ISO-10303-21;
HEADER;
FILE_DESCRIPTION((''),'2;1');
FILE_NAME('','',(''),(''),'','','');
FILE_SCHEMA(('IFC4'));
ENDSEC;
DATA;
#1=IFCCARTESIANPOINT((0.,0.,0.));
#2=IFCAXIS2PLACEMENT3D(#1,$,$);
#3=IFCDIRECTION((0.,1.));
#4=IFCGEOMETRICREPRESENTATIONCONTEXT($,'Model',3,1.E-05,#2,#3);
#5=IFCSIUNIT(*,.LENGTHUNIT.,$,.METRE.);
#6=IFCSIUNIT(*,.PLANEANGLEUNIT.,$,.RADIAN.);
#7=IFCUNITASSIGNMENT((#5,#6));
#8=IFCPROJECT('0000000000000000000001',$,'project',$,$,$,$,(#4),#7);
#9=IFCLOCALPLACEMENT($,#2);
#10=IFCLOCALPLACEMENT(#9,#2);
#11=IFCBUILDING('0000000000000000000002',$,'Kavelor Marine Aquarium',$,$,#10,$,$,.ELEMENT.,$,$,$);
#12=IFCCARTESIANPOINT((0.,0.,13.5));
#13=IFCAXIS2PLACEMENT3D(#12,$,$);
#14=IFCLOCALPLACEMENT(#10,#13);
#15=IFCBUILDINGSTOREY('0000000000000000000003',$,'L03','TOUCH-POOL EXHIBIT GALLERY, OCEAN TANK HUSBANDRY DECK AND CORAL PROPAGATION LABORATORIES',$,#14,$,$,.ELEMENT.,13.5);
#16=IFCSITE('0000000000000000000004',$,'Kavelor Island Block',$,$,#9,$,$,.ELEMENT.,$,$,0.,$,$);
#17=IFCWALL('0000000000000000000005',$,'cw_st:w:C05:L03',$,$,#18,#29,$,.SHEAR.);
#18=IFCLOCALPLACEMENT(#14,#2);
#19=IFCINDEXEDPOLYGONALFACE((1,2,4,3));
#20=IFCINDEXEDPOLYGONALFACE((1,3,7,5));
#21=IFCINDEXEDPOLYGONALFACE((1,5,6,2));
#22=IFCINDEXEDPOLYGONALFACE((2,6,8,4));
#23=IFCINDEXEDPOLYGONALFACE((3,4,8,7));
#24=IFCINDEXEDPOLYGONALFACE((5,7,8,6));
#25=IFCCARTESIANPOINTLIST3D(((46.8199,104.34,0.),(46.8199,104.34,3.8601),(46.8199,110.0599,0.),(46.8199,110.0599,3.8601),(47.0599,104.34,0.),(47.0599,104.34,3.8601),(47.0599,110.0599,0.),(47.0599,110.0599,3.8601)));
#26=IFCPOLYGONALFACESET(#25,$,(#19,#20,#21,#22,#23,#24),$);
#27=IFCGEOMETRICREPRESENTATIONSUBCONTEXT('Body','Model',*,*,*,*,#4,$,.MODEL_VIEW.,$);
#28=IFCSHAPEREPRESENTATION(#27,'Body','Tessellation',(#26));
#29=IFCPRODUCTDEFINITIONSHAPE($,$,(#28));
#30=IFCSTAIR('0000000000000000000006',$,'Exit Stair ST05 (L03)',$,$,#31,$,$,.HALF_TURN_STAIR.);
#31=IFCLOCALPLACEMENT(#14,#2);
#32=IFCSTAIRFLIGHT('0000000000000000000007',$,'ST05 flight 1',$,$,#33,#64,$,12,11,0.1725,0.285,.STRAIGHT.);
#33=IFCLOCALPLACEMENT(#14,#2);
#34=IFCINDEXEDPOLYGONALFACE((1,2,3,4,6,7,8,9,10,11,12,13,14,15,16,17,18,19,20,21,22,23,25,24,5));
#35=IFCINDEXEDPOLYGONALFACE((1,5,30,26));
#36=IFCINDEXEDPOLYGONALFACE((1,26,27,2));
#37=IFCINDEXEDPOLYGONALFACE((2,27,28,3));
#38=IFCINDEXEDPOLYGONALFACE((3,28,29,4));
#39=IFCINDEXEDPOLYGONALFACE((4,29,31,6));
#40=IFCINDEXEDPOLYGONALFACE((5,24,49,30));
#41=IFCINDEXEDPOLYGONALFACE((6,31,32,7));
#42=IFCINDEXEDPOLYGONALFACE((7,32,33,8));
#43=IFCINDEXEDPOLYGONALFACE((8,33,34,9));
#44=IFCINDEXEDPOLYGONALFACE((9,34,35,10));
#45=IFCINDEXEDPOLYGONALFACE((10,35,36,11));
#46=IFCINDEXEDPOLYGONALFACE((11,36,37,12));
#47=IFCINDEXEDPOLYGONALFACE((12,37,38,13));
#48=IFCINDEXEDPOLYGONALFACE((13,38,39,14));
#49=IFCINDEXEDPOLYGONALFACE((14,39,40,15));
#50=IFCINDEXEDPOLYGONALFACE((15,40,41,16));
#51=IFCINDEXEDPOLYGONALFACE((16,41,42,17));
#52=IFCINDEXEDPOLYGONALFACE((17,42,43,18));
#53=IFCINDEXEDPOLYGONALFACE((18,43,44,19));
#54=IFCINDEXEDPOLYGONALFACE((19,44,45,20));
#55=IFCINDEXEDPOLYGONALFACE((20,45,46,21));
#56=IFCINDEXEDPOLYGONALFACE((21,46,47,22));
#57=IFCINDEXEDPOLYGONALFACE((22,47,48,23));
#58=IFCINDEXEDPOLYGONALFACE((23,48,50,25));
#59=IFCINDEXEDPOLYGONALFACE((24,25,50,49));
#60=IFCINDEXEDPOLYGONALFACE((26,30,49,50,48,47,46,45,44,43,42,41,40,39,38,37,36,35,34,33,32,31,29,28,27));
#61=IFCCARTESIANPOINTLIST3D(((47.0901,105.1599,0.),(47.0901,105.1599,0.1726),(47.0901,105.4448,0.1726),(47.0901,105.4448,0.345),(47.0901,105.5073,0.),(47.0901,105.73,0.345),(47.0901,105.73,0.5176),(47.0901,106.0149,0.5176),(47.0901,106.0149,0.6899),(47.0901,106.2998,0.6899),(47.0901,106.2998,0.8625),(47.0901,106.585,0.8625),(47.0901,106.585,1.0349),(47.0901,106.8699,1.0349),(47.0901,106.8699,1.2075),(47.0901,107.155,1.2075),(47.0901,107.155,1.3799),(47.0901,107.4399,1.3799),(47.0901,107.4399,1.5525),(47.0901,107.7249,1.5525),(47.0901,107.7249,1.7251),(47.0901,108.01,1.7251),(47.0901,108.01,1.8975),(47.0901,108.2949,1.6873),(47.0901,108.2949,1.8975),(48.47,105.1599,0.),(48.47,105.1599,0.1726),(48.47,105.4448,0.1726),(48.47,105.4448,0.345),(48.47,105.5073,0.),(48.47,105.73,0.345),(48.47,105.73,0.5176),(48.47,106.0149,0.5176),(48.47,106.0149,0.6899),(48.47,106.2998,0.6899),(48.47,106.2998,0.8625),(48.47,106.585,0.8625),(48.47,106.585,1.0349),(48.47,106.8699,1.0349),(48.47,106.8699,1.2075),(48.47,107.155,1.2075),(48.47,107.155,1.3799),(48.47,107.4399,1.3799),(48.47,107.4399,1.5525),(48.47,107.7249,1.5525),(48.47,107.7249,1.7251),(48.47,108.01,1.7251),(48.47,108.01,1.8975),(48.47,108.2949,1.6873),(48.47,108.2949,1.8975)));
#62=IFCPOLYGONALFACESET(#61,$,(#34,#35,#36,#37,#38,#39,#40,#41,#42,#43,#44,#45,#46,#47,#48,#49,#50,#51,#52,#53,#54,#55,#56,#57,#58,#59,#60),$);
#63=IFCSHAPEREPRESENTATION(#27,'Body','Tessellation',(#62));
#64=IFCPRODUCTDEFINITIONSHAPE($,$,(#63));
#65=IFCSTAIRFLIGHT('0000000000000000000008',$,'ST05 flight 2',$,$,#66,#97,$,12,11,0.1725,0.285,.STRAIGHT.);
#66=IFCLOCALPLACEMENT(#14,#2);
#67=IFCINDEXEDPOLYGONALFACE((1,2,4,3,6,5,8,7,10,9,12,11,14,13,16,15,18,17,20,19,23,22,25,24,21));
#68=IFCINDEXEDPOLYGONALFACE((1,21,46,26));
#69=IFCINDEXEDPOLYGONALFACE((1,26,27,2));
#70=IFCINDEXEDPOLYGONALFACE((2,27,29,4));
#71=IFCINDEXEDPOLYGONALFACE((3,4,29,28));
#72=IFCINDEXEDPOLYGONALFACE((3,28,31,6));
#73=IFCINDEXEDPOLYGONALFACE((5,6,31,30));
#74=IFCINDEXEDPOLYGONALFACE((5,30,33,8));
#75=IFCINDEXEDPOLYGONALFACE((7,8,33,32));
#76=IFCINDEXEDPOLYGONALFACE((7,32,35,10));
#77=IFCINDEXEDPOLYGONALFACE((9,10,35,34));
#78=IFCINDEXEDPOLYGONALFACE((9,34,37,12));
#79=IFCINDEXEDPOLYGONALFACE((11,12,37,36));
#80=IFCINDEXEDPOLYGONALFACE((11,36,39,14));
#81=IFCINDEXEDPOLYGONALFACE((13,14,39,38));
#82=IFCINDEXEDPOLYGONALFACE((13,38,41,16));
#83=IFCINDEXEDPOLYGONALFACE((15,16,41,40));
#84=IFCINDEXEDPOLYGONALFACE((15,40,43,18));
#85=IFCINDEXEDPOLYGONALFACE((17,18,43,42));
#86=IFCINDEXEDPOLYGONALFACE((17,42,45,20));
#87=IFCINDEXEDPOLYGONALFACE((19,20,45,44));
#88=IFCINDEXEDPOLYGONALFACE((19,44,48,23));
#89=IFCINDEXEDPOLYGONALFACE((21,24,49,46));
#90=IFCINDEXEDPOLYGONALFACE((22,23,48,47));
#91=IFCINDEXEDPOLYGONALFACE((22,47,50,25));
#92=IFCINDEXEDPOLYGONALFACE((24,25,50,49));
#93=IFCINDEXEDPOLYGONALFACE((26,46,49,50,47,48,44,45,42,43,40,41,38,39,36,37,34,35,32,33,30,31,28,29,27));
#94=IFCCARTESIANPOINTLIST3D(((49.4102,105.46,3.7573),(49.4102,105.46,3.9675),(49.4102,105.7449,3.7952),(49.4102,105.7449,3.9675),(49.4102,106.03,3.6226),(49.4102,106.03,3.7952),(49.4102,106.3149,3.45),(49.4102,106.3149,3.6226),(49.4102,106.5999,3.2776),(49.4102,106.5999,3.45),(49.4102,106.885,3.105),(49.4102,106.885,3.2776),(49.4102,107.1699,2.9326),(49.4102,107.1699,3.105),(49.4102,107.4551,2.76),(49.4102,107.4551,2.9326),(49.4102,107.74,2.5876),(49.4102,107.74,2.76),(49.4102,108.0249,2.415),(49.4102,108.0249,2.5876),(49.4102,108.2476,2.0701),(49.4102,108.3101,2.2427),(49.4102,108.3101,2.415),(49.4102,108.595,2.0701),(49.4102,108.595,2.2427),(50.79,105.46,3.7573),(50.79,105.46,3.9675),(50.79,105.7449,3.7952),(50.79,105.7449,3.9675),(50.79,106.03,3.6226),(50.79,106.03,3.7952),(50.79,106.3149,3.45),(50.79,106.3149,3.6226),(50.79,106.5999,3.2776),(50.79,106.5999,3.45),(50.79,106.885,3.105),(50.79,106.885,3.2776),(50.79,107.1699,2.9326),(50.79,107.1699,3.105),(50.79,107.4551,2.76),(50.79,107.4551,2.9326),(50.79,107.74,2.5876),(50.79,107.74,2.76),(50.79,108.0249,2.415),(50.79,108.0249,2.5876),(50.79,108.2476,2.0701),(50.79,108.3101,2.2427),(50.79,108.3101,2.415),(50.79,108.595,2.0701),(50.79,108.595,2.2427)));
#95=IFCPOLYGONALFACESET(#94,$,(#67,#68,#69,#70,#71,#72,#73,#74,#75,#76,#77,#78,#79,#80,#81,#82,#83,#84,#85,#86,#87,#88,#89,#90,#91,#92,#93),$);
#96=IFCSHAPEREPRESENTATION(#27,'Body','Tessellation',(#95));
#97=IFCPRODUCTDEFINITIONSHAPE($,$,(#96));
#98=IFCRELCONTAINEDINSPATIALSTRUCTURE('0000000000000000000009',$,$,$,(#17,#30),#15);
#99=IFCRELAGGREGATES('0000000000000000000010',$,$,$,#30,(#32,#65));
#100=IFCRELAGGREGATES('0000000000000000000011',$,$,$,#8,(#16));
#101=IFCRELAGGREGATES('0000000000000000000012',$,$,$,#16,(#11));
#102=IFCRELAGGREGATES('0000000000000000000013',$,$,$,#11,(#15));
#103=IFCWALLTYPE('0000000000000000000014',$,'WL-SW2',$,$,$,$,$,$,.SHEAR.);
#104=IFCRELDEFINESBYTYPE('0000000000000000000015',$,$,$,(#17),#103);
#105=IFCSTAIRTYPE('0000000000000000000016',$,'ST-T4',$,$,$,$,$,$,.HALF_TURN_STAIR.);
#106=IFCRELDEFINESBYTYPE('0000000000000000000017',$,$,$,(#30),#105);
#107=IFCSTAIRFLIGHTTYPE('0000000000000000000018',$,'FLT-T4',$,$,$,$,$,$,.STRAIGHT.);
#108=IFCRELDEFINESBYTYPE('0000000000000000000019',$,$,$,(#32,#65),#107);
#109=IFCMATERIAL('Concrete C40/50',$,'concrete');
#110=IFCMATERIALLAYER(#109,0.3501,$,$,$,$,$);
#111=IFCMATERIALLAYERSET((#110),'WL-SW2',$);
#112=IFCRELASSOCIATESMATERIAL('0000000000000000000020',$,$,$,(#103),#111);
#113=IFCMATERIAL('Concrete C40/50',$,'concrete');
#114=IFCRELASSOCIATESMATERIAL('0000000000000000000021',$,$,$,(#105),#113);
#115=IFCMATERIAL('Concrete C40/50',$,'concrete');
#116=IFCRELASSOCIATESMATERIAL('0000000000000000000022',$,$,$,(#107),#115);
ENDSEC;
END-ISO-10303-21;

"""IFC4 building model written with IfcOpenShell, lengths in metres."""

from ifc_helpers import new_model, si_unit, direction, frame, frame_2d, origin, place, context, subcontext, project, spatial, polyline, rectangle, outline, extrude, material, layer, layer_set, type_object, element, aggregate, save


model = new_model("IFC4")

# Units and contexts
model_context = context("Model", 3, precision=1e-05, world=origin(), true_north=direction((0.0, 1.0)))
body_context = subcontext(model_context, "Body", "Model", "MODEL_VIEW")
ifc_project = project(units=[si_unit("LENGTHUNIT", "METRE"), si_unit("PLANEANGLEUNIT", "RADIAN")], contexts=[model_context])

# Site, building, storey
site_placement = place(None, origin())
site = spatial("IfcSite", under=ifc_project, at=site_placement, Name="Kavelor Island Block", CompositionType="ELEMENT", RefElevation=0.0)
building_placement = place(site_placement, origin())
building = spatial("IfcBuilding", under=site, at=building_placement, Name="Kavelor Marine Aquarium", CompositionType="ELEMENT")
storey_placement = place(building_placement, frame((0.0, 0.0, 13.5)))
storey = spatial("IfcBuildingStorey", under=building, at=storey_placement, Name="L03", Description="TOUCH-POOL EXHIBIT GALLERY, OCEAN TANK HUSBANDRY DECK AND CORAL PROPAGATION LABORATORIES", CompositionType="ELEMENT", Elevation=13.5)

# Wall
ifc_material_1 = material(Name="Concrete C40/50", Category="concrete")
ifc_layer_1 = layer(ifc_material_1, 0.3501)
ifc_layer_set_1 = layer_set([ifc_layer_1], Name="WL-SW2")
wall_type_1 = type_object("IfcWallType", Name="WL-SW2", PredefinedType="SHEAR", material=ifc_layer_set_1)
wall_1_placement = place(storey_placement, frame((46.9399, 104.3401, 0.0), z_axis=(0.0, 0.0, 1.0), x_axis=(0.0, 1.0, 0.0)))
element("IfcWall", 1, at=wall_1_placement, inside=storey, type_object=wall_type_1, Name="cw_st:w:C05:L03", PredefinedType="SHEAR", context=body_context, shape_type="SweptSolid", body=[
    extrude(rectangle(XDim=5.72, YDim=0.24, at=frame_2d((2.8599, 0.0))), origin(), (0.0, 0.0, 1.0), 3.8601),
])

# Stair, stair flights
ifc_material_2 = material(Name="Concrete C40/50", Category="concrete")
stair_type = type_object("IfcStairType", Name="ST-T4", PredefinedType="HALF_TURN_STAIR", material=ifc_material_2)
stair_placement = place(storey_placement, origin())
stair = element("IfcStair", 2, at=stair_placement, inside=storey, type_object=stair_type, Name="Exit Stair ST05 (L03)", PredefinedType="HALF_TURN_STAIR")
ifc_material_3 = material(Name="Concrete C40/50", Category="concrete")
stair_flight_type = type_object("IfcStairFlightType", Name="FLT-T4", PredefinedType="STRAIGHT", material=ifc_material_3)
stair_flight_1_placement = place(storey_placement, frame((47.78, 105.1599, 0.0), z_axis=(0.0, 0.0, 1.0), x_axis=(0.0, 1.0, 0.0)))
stair_flight_1 = element("IfcStairFlight", 3, at=stair_flight_1_placement, type_object=stair_flight_type, Name="ST05 flight 1", NumberOfRisers=12, NumberOfTreads=11, PredefinedType="STRAIGHT", RiserHeight=0.1725, TreadLength=0.285, context=body_context, shape_type="SweptSolid", body=[
    extrude(outline(polyline([(0.0, 0.0), (0.0, 0.1726), (0.2849, 0.1726), (0.2849, 0.345), (0.5701, 0.345), (0.5701, 0.5176), (0.855, 0.5176), (0.855, 0.6899), (1.1399, 0.6899), (1.1399, 0.8625), (1.425, 0.8625), (1.425, 1.0349), (1.71, 1.0349), (1.71, 1.2075), (1.9951, 1.2075), (1.9951, 1.3799), (2.28, 1.3799), (2.28, 1.5525), (2.5649, 1.5525), (2.5649, 1.7251), (2.8501, 1.7251), (2.8501, 1.8975), (3.135, 1.8975), (3.135, 2.0701), (3.135, 1.6873), (0.3474, 0.0), (0.0, 0.0)])), frame((0.0, 0.6899, 0.0), z_axis=(0.0, -1.0, 0.0), x_axis=(1.0, 0.0, 0.0)), (0.0, 0.0, 1.0), 1.3799),
])
stair_flight_2_placement = place(storey_placement, frame((50.1001, 108.595, 2.0701), z_axis=(0.0, 0.0, 1.0), x_axis=(0.0, -1.0, 0.0)))
stair_flight_2 = element("IfcStairFlight", 4, at=stair_flight_2_placement, type_object=stair_flight_type, Name="ST05 flight 2", NumberOfRisers=12, NumberOfTreads=11, PredefinedType="STRAIGHT", RiserHeight=0.1725, TreadLength=0.285, context=body_context, shape_type="SweptSolid", body=[
    extrude(outline(polyline([(0.0, 0.0), (0.0, 0.1726), (0.2849, 0.1726), (0.2849, 0.345), (0.5701, 0.345), (0.5701, 0.5176), (0.855, 0.5176), (0.855, 0.6899), (1.1399, 0.6899), (1.1399, 0.8625), (1.425, 0.8625), (1.425, 1.0349), (1.71, 1.0349), (1.71, 1.2075), (1.9951, 1.2075), (1.9951, 1.3799), (2.28, 1.3799), (2.28, 1.5525), (2.5649, 1.5525), (2.5649, 1.7251), (2.8501, 1.7251), (2.8501, 1.8975), (3.135, 1.8975), (3.135, 2.0701), (3.135, 1.6873), (0.3474, 0.0), (0.0, 0.0)])), frame((0.0, 0.6899, 0.0), z_axis=(0.0, -1.0, 0.0), x_axis=(1.0, 0.0, 0.0)), (0.0, 0.0, 1.0), 1.3799),
])
aggregate(stair, [stair_flight_1, stair_flight_2])

save(model, "model.ifc")
